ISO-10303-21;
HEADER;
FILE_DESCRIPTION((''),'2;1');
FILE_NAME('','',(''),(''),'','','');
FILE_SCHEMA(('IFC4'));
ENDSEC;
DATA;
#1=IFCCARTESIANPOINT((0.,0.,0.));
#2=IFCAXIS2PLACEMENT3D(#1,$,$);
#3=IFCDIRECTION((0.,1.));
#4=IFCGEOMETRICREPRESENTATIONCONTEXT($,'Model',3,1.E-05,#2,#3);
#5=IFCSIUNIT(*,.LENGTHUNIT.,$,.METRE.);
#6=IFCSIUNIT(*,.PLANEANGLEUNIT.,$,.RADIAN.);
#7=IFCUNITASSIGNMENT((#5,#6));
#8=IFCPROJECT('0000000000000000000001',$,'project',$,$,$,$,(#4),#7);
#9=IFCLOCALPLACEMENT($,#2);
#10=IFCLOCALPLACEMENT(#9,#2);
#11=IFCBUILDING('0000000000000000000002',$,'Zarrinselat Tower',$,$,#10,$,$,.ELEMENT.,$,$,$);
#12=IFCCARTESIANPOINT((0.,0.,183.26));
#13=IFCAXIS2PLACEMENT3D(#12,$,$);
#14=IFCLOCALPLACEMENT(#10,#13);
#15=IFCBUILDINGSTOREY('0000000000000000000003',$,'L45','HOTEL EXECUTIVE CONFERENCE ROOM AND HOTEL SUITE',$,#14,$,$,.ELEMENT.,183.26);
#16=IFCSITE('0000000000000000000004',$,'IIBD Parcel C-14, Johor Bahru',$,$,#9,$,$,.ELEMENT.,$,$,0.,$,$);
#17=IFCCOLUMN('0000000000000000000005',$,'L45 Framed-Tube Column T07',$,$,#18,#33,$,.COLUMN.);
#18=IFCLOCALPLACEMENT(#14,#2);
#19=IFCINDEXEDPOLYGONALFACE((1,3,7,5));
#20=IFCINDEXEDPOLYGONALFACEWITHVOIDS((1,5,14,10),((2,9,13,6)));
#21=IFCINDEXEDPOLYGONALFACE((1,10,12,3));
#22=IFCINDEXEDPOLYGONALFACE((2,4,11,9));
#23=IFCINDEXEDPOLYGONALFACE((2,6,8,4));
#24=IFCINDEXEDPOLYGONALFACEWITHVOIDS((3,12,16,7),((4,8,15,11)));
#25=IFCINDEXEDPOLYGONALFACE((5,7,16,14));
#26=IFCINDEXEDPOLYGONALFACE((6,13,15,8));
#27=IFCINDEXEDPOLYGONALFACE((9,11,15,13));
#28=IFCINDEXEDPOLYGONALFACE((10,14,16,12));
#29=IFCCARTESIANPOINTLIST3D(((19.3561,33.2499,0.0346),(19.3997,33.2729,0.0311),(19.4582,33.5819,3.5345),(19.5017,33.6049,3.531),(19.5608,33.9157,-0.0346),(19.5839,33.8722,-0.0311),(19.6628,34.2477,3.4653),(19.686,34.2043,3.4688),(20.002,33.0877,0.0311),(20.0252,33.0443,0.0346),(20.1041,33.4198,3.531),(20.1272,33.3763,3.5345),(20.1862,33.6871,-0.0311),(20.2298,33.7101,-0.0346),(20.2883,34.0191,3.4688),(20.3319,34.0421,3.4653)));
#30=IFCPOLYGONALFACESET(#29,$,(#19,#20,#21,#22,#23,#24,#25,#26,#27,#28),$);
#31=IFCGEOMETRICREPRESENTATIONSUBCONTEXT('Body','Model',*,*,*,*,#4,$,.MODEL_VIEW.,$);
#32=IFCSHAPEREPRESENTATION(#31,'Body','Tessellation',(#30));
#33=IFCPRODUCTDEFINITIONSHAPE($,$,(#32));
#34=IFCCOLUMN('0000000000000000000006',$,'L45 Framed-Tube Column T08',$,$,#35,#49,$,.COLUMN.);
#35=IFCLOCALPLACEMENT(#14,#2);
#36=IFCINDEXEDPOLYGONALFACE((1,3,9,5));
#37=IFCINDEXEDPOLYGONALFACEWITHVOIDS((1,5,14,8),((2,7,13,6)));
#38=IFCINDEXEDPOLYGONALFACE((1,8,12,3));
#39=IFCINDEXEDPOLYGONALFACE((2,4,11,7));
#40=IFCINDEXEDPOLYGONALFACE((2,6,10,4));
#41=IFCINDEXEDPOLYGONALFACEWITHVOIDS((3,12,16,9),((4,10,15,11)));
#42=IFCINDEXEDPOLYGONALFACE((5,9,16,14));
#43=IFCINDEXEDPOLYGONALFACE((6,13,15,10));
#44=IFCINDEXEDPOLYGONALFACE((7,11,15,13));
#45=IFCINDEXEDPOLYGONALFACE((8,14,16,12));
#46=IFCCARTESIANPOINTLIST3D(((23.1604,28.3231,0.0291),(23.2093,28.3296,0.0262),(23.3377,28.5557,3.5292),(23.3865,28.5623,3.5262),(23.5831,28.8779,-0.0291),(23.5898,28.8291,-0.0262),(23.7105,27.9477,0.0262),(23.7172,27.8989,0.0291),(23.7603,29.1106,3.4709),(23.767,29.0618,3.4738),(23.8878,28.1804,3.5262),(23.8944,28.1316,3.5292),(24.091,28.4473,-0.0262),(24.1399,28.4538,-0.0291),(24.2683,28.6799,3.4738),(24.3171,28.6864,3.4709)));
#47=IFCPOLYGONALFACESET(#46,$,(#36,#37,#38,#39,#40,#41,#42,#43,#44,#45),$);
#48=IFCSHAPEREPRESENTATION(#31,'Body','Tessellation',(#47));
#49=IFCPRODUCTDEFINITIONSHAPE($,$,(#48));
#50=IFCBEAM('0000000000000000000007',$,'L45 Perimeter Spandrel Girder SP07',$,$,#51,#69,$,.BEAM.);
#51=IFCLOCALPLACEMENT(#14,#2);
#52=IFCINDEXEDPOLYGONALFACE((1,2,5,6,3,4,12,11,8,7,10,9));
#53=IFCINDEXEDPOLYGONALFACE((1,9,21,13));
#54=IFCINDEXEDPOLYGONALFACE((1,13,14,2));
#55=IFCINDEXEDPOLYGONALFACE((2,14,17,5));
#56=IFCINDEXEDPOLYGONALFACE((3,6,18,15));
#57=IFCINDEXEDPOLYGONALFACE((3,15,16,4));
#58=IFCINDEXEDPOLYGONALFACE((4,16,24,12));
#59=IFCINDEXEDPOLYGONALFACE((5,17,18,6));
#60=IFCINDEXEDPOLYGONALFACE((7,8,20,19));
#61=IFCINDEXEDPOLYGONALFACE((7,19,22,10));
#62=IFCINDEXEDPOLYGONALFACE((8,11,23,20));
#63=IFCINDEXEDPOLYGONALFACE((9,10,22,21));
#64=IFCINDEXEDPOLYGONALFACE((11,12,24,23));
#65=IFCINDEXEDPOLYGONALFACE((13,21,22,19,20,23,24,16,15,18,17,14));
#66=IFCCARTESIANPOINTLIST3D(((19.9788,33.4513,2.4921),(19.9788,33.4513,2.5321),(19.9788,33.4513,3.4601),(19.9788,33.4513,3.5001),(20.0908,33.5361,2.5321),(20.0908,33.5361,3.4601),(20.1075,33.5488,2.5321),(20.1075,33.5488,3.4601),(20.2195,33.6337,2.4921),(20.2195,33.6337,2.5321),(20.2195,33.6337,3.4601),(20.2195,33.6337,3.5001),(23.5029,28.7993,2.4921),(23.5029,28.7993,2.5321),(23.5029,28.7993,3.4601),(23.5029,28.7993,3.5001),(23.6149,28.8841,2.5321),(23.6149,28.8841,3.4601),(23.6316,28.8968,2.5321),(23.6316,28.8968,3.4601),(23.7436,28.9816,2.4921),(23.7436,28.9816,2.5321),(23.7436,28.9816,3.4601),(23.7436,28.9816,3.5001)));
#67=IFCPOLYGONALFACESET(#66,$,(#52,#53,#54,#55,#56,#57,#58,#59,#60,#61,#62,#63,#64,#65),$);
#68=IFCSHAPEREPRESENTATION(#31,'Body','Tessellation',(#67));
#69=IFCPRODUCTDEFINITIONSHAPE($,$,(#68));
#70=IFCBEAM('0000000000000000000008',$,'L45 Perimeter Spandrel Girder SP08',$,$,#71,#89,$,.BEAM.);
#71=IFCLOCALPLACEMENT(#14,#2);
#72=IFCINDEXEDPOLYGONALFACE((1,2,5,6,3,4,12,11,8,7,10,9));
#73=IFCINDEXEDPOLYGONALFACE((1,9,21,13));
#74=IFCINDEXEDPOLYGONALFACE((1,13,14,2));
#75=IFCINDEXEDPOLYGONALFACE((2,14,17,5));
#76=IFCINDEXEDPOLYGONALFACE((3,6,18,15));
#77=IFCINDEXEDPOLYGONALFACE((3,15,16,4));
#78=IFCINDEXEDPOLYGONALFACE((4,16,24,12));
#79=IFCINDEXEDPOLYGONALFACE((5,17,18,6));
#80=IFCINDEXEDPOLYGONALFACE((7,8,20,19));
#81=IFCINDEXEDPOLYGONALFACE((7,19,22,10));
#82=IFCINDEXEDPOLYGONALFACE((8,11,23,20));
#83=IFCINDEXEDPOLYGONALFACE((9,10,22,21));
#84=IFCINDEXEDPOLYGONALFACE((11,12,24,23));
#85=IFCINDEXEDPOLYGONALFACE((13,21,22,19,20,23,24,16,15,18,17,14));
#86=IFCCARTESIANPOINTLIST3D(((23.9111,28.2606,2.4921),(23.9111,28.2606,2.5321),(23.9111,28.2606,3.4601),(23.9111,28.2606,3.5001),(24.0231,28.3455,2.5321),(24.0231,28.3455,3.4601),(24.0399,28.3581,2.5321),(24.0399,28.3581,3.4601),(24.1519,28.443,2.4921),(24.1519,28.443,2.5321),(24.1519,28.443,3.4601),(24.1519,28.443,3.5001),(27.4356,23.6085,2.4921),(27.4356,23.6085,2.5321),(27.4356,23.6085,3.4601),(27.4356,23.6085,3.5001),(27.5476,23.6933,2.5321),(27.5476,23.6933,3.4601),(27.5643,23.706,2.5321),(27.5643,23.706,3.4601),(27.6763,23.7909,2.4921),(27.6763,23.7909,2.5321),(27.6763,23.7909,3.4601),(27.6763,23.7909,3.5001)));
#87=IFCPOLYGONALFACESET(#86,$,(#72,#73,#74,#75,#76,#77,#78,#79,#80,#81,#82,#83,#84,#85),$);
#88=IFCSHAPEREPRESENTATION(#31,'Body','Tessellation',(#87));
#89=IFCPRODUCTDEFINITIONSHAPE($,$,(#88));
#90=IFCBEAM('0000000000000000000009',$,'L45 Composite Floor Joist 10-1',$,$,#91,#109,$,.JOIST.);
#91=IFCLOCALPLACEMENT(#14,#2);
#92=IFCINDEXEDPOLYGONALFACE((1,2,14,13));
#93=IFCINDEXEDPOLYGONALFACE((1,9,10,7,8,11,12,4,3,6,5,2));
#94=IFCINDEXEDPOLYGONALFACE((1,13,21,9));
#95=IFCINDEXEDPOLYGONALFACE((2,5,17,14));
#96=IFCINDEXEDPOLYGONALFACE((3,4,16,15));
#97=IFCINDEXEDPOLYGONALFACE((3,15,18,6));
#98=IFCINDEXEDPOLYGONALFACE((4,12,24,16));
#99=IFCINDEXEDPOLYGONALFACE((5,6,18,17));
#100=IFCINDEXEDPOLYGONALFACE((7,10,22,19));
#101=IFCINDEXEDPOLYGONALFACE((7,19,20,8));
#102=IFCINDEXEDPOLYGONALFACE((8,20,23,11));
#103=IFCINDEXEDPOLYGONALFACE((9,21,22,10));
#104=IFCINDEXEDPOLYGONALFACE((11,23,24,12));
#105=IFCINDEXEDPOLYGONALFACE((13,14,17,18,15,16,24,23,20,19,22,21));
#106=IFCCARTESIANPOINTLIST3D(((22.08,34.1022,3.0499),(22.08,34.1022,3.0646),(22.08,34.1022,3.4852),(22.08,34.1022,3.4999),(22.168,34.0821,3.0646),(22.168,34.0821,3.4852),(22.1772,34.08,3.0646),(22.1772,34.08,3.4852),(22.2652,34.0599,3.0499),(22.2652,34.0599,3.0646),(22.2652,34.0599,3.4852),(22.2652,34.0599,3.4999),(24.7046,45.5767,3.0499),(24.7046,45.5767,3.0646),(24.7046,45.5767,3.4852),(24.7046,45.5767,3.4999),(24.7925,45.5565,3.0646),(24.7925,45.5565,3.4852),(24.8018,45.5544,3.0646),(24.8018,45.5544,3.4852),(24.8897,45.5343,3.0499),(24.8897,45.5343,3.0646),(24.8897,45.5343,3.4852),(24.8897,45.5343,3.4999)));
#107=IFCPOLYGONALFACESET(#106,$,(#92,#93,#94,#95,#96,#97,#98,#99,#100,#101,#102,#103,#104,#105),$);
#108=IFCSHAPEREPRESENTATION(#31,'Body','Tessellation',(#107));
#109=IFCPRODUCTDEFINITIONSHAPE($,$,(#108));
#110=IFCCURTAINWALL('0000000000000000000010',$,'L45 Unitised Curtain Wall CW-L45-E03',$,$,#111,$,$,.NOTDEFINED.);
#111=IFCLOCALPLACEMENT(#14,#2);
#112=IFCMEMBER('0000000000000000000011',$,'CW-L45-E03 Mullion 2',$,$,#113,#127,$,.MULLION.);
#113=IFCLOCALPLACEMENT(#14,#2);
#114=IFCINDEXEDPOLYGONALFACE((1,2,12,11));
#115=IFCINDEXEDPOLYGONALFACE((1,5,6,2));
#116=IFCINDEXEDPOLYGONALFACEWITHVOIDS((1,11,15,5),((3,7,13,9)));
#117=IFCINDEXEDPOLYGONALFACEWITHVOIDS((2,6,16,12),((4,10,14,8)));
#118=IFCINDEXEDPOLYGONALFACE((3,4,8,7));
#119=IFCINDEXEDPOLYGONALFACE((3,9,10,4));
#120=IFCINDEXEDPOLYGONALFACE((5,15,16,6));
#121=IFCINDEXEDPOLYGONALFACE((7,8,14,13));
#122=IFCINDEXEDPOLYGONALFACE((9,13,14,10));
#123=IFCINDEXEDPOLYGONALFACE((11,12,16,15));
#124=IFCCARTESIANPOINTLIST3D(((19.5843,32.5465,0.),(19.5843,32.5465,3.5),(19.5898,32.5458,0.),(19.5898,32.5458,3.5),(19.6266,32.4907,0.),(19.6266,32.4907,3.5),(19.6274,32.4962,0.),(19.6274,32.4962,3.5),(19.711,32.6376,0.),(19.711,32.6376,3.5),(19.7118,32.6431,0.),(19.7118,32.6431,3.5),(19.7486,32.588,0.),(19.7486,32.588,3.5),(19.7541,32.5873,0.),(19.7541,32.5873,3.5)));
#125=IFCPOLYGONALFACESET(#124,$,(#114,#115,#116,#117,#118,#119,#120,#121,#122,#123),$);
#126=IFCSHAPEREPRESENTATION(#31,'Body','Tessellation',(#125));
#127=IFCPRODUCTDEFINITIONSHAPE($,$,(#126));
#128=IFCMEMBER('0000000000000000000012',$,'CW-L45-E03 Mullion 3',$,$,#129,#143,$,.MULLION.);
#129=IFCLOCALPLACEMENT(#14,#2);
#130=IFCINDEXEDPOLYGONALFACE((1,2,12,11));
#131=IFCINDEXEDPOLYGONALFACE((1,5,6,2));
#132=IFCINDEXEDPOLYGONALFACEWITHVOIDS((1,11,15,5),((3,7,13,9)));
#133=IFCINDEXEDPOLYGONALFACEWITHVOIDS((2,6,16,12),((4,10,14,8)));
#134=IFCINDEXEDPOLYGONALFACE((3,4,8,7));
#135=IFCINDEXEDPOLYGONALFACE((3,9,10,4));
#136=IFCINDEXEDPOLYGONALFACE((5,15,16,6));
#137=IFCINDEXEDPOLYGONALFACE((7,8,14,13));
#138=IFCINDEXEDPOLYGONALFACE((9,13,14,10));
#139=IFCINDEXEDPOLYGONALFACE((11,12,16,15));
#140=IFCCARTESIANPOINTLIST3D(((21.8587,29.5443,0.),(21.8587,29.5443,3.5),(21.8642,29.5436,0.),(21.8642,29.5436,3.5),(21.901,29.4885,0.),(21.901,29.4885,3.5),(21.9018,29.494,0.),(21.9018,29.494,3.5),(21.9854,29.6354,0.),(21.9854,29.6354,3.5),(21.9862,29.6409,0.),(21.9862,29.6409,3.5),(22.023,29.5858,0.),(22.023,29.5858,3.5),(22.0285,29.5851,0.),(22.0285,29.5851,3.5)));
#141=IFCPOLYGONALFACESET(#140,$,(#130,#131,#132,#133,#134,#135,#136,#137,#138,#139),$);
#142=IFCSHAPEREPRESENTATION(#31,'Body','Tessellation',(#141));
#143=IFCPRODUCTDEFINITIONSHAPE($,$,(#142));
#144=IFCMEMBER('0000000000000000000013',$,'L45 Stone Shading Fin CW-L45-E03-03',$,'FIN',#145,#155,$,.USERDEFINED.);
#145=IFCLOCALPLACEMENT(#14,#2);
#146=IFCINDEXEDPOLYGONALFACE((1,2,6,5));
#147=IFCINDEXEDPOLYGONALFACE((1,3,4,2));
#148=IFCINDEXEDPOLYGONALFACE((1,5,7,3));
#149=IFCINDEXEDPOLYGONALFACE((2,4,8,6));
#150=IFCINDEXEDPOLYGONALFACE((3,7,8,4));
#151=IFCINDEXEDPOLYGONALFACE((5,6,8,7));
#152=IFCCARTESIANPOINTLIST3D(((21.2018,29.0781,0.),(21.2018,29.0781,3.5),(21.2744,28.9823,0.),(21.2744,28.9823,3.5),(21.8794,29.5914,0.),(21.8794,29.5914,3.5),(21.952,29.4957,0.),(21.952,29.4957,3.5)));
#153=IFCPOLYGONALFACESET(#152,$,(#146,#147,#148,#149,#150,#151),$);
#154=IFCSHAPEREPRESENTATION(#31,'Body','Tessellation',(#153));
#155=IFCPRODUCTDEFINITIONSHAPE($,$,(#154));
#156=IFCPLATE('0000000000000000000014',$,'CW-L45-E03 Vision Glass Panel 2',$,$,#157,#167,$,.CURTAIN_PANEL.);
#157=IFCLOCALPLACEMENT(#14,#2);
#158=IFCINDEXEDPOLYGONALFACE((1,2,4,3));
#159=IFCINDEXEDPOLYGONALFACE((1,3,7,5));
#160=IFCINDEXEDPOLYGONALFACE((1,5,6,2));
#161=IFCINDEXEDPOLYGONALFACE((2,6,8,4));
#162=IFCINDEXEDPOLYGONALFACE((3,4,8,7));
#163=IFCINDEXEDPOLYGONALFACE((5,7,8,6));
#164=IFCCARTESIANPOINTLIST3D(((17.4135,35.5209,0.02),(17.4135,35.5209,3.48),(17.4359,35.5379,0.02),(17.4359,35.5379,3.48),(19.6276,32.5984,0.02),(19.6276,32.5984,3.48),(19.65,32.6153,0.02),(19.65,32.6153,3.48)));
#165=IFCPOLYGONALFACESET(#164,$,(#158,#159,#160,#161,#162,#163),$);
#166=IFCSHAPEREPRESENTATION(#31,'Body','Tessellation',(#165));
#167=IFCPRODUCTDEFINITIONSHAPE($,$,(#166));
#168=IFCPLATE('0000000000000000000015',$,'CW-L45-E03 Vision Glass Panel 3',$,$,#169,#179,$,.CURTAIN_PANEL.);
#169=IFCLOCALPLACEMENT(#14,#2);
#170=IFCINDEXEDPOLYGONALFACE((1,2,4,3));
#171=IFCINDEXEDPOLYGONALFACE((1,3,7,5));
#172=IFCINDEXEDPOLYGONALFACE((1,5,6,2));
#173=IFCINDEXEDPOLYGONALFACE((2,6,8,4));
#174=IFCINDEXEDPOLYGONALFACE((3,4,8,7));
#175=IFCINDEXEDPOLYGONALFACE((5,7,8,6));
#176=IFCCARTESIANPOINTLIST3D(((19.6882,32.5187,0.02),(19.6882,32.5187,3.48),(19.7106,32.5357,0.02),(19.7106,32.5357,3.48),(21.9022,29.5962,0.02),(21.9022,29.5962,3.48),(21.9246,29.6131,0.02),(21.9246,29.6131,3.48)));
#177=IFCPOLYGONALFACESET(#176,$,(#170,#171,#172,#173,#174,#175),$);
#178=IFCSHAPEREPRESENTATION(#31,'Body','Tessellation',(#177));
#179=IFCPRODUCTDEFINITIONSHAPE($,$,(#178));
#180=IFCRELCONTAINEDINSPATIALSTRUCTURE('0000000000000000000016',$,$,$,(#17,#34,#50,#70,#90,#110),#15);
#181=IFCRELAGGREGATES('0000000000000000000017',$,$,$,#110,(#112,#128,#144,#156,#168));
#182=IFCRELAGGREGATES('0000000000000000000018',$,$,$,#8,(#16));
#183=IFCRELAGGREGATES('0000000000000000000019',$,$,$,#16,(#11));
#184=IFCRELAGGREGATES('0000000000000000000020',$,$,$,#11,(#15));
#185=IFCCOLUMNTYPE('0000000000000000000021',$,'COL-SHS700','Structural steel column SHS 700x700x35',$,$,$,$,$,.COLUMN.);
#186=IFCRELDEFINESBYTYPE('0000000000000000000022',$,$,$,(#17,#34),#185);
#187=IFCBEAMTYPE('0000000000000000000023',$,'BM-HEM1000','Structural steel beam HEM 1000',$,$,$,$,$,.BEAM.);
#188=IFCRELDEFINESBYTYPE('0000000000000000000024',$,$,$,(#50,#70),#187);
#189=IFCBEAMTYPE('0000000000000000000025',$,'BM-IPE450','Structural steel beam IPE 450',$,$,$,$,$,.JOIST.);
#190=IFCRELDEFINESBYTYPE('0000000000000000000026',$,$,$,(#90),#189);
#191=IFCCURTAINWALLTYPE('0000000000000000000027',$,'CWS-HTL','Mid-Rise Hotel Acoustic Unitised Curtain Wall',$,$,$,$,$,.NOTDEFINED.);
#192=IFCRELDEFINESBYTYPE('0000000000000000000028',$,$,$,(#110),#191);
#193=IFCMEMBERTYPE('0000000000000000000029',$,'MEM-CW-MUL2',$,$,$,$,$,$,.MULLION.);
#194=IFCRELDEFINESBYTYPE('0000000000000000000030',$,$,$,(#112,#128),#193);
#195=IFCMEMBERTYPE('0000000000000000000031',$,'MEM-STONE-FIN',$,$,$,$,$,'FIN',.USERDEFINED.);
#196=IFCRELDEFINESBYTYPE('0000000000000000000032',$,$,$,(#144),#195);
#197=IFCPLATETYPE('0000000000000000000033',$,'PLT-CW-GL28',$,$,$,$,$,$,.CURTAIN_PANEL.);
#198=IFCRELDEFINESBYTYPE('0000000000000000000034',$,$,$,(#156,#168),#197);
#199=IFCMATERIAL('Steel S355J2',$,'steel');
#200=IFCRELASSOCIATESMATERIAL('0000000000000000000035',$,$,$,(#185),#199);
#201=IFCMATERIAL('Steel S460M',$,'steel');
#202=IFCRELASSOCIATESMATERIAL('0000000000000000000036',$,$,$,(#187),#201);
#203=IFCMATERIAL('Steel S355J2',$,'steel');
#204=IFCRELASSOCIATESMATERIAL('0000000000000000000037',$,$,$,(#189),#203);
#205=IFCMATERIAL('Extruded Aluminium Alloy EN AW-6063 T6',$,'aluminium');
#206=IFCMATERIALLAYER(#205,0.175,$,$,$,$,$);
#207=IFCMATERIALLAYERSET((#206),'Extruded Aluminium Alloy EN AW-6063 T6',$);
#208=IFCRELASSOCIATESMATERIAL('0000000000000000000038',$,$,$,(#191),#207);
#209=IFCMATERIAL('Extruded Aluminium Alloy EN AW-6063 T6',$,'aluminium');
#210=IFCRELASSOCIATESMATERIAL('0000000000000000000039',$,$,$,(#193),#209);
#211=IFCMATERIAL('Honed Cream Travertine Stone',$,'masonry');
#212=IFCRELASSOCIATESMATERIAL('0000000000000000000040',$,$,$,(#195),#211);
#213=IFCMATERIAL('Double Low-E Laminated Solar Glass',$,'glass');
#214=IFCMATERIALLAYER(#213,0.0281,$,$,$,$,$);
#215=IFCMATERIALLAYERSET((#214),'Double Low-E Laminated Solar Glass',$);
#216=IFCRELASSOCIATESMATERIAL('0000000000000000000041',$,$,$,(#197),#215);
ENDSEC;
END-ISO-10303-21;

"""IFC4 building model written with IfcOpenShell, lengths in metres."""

from ifc_helpers import new_model, si_unit, direction, frame, origin, origin_2d, place, context, subcontext, project, spatial, rectangle, hollow_rectangle, i_section, extrude, material, layer, layer_set, material_profile, profile_set, type_object, element, aggregate, save


model = new_model("IFC4")

# Units and contexts
model_context = context("Model", 3, precision=1e-05, world=origin(), true_north=direction((0.0, 1.0)))
body_context = subcontext(model_context, "Body", "Model", "MODEL_VIEW")
ifc_project = project(units=[si_unit("LENGTHUNIT", "METRE"), si_unit("PLANEANGLEUNIT", "RADIAN")], contexts=[model_context])

# Site, building, storey
site_placement = place(None, origin())
site = spatial("IfcSite", under=ifc_project, at=site_placement, Name="IIBD Parcel C-14, Johor Bahru", CompositionType="ELEMENT", RefElevation=0.0)
building_placement = place(site_placement, origin())
building = spatial("IfcBuilding", under=site, at=building_placement, Name="Zarrinselat Tower", CompositionType="ELEMENT")
storey_placement = place(building_placement, frame((0.0, 0.0, 183.26)))
storey = spatial("IfcBuildingStorey", under=building, at=storey_placement, Name="L45", Description="HOTEL EXECUTIVE CONFERENCE ROOM AND HOTEL SUITE", CompositionType="ELEMENT", Elevation=183.26)

# Columns
ifc_material_1 = material(Name="Steel S355J2", Category="steel")
ifc_material_profile_1 = material_profile(ifc_material_1, hollow_rectangle(XDim=0.7, YDim=0.7, WallThickness=0.0349, at=origin_2d()), Name="SHS 700x700x35")
ifc_profile_set_1 = profile_set([ifc_material_profile_1], Name="Steel S355J2")
column_type = type_object("IfcColumnType", Name="COL-SHS700", Description="Structural steel column SHS 700x700x35", PredefinedType="COLUMN", material=ifc_profile_set_1)
column_1_placement = place(storey_placement, frame((19.793, 33.48, 0.0), z_axis=(0.029015, 0.094402, 0.995111), x_axis=(-0.95587, 0.293789, 0.0)))
element("IfcColumn", 1, at=column_1_placement, inside=storey, type_object=column_type, Name="L45 Framed-Tube Column T07", PredefinedType="COLUMN", context=body_context, shape_type="SweptSolid", body=[
    extrude(hollow_rectangle(XDim=0.7, YDim=0.7, WallThickness=0.0349, at=origin_2d()), origin(), (0.0, 0.0, 1.0), 3.5171),
])
column_2_placement = place(storey_placement, frame((23.6501, 28.3884, 0.0), z_axis=(0.050466, 0.066245, 0.996526), x_axis=(-0.79547, 0.605993, 0.0)))
element("IfcColumn", 2, at=column_2_placement, inside=storey, type_object=column_type, Name="L45 Framed-Tube Column T08", PredefinedType="COLUMN", context=body_context, shape_type="SweptSolid", body=[
    extrude(hollow_rectangle(XDim=0.7, YDim=0.7, WallThickness=0.0349, at=origin_2d()), origin(), (0.0, 0.0, 1.0), 3.5122),
])

# Beams
ifc_material_2 = material(Name="Steel S460M", Category="steel")
ifc_material_profile_2 = material_profile(ifc_material_2, i_section(OverallWidth=0.302, OverallDepth=1.0081, WebThickness=0.021, FlangeThickness=0.04, at=origin_2d()), Name="HEM 1000")
ifc_profile_set_2 = profile_set([ifc_material_profile_2], Name="Steel S460M")
beam_type_1 = type_object("IfcBeamType", Name="BM-HEM1000", Description="Structural steel beam HEM 1000", PredefinedType="BEAM", material=ifc_profile_set_2)
beam_1_placement = place(storey_placement, frame((20.0991, 33.5425, 2.9961), z_axis=(0.603842, -0.797104, 0.0), x_axis=(0.797104, 0.603842, 0.0)))
element("IfcBeam", 3, at=beam_1_placement, inside=storey, type_object=beam_type_1, Name="L45 Perimeter Spandrel Girder SP07", PredefinedType="BEAM", context=body_context, shape_type="SweptSolid", body=[
    extrude(i_section(OverallWidth=0.302, OverallDepth=1.0081, WebThickness=0.021, FlangeThickness=0.04, at=origin_2d()), origin(), (0.0, 0.0, 1.0), 5.8362),
])
beam_2_placement = place(storey_placement, frame((24.0315, 28.3518, 2.9961), z_axis=(0.603868, -0.797084, 0.0), x_axis=(0.797084, 0.603868, 0.0)))
element("IfcBeam", 4, at=beam_2_placement, inside=storey, type_object=beam_type_1, Name="L45 Perimeter Spandrel Girder SP08", PredefinedType="BEAM", context=body_context, shape_type="SweptSolid", body=[
    extrude(i_section(OverallWidth=0.302, OverallDepth=1.0081, WebThickness=0.021, FlangeThickness=0.04, at=origin_2d()), origin(), (0.0, 0.0, 1.0), 5.8364),
])
ifc_material_3 = material(Name="Steel S355J2", Category="steel")
ifc_material_profile_3 = material_profile(ifc_material_3, i_section(OverallWidth=0.1899, OverallDepth=0.45, WebThickness=0.0095, FlangeThickness=0.0146, at=origin_2d()), Name="IPE 450")
ifc_profile_set_3 = profile_set([ifc_material_profile_3], Name="Steel S355J2")
beam_type_2 = type_object("IfcBeamType", Name="BM-IPE450", Description="Structural steel beam IPE 450", PredefinedType="JOIST", material=ifc_profile_set_3)
beam_3_placement = place(storey_placement, frame((22.1726, 34.0811, 3.2749), z_axis=(0.22297, 0.974825, 0.0), x_axis=(-0.974825, 0.22297, 0.0)))
element("IfcBeam", 5, at=beam_3_placement, inside=storey, type_object=beam_type_2, Name="L45 Composite Floor Joist 10-1", PredefinedType="JOIST", context=body_context, shape_type="SweptSolid", body=[
    extrude(i_section(OverallWidth=0.1899, OverallDepth=0.45, WebThickness=0.0095, FlangeThickness=0.0146, at=origin_2d()), origin(), (0.0, 0.0, 1.0), 11.7708),
])

# Curtain wall, members, plates
ifc_material_4 = material(Name="Extruded Aluminium Alloy EN AW-6063 T6", Category="aluminium")
ifc_layer_1 = layer(ifc_material_4, 0.175)
ifc_layer_set_1 = layer_set([ifc_layer_1], Name="Extruded Aluminium Alloy EN AW-6063 T6")
curtain_wall_type = type_object("IfcCurtainWallType", Name="CWS-HTL", Description="Mid-Rise Hotel Acoustic Unitised Curtain Wall", PredefinedType="NOTDEFINED", material=ifc_layer_set_1)
curtain_wall_placement = place(storey_placement, origin())
curtain_wall = element("IfcCurtainWall", 6, at=curtain_wall_placement, inside=storey, type_object=curtain_wall_type, Name="L45 Unitised Curtain Wall CW-L45-E03", PredefinedType="NOTDEFINED")
ifc_material_5 = material(Name="Extruded Aluminium Alloy EN AW-6063 T6", Category="aluminium")
ifc_material_profile_4 = material_profile(ifc_material_5, hollow_rectangle(XDim=0.0701, YDim=0.1599, WallThickness=0.0039, at=origin_2d()), Name="RHS 160x70x4")
ifc_profile_set_4 = profile_set([ifc_material_profile_4], Name="Extruded Aluminium Alloy EN AW-6063 T6")
member_type_1 = type_object("IfcMemberType", Name="MEM-CW-MUL2", PredefinedType="MULLION", material=ifc_profile_set_4)
member_1_placement = place(storey_placement, frame((19.6692, 32.5669, 0.0), z_axis=(0.0, 0.0, 1.0), x_axis=(0.603857, -0.797092, 0.0)))
member_1 = element("IfcMember", 7, at=member_1_placement, type_object=member_type_1, Name="CW-L45-E03 Mullion 2", PredefinedType="MULLION", context=body_context, shape_type="SweptSolid", body=[
    extrude(hollow_rectangle(XDim=0.0701, YDim=0.1599, WallThickness=0.0039, at=origin_2d()), origin(), (0.0, 0.0, 1.0), 3.5),
])
member_2_placement = place(storey_placement, frame((21.9436, 29.5647, 0.0), z_axis=(0.0, 0.0, 1.0), x_axis=(0.603857, -0.797092, 0.0)))
member_2 = element("IfcMember", 8, at=member_2_placement, type_object=member_type_1, Name="CW-L45-E03 Mullion 3", PredefinedType="MULLION", context=body_context, shape_type="SweptSolid", body=[
    extrude(hollow_rectangle(XDim=0.0701, YDim=0.1599, WallThickness=0.0039, at=origin_2d()), origin(), (0.0, 0.0, 1.0), 3.5),
])
ifc_material_6 = material(Name="Honed Cream Travertine Stone", Category="masonry")
ifc_material_profile_5 = material_profile(ifc_material_6, rectangle(XDim=0.1201, YDim=0.8501, at=origin_2d()), Name="FIN 850x120")
ifc_profile_set_5 = profile_set([ifc_material_profile_5], Name="Honed Cream Travertine Stone")
member_type_2 = type_object("IfcMemberType", Name="MEM-STONE-FIN", ElementType="FIN", PredefinedType="USERDEFINED", material=ifc_profile_set_5)
member_3_placement = place(storey_placement, frame((21.5769, 29.2869, 0.0), z_axis=(0.0, 0.0, 1.0), x_axis=(-0.603857, 0.797092, 0.0)))
member_3 = element("IfcMember", 9, at=member_3_placement, type_object=member_type_2, Name="L45 Stone Shading Fin CW-L45-E03-03", ObjectType="FIN", PredefinedType="USERDEFINED", context=body_context, shape_type="SweptSolid", body=[
    extrude(rectangle(XDim=0.1201, YDim=0.8501, at=origin_2d()), origin(), (0.0, 0.0, 1.0), 3.5),
])
ifc_material_7 = material(Name="Double Low-E Laminated Solar Glass", Category="glass")
ifc_layer_2 = layer(ifc_material_7, 0.0281)
ifc_layer_set_2 = layer_set([ifc_layer_2], Name="Double Low-E Laminated Solar Glass")
plate_type = type_object("IfcPlateType", Name="PLT-CW-GL28", PredefinedType="CURTAIN_PANEL", material=ifc_layer_set_2)
plate_1_placement = place(storey_placement, frame((18.5317, 34.0681, 0.02), z_axis=(0.0, 0.0, 1.0), x_axis=(0.603857, -0.797092, 0.0)))
plate_1 = element("IfcPlate", 10, at=plate_1_placement, type_object=plate_type, Name="CW-L45-E03 Vision Glass Panel 2", PredefinedType="CURTAIN_PANEL", context=body_context, shape_type="SweptSolid", body=[
    extrude(rectangle(XDim=3.6665, YDim=0.0281, at=origin_2d()), origin(), (0.0, 0.0, 1.0), 3.46),
])
plate_2_placement = place(storey_placement, frame((20.8064, 31.0659, 0.02), z_axis=(0.0, 0.0, 1.0), x_axis=(0.603857, -0.797092, 0.0)))
plate_2 = element("IfcPlate", 11, at=plate_2_placement, type_object=plate_type, Name="CW-L45-E03 Vision Glass Panel 3", PredefinedType="CURTAIN_PANEL", context=body_context, shape_type="SweptSolid", body=[
    extrude(rectangle(XDim=3.6665, YDim=0.0281, at=origin_2d()), origin(), (0.0, 0.0, 1.0), 3.46),
])
aggregate(curtain_wall, [member_1, member_2, member_3, plate_1, plate_2])

save(model, "model.ifc")
